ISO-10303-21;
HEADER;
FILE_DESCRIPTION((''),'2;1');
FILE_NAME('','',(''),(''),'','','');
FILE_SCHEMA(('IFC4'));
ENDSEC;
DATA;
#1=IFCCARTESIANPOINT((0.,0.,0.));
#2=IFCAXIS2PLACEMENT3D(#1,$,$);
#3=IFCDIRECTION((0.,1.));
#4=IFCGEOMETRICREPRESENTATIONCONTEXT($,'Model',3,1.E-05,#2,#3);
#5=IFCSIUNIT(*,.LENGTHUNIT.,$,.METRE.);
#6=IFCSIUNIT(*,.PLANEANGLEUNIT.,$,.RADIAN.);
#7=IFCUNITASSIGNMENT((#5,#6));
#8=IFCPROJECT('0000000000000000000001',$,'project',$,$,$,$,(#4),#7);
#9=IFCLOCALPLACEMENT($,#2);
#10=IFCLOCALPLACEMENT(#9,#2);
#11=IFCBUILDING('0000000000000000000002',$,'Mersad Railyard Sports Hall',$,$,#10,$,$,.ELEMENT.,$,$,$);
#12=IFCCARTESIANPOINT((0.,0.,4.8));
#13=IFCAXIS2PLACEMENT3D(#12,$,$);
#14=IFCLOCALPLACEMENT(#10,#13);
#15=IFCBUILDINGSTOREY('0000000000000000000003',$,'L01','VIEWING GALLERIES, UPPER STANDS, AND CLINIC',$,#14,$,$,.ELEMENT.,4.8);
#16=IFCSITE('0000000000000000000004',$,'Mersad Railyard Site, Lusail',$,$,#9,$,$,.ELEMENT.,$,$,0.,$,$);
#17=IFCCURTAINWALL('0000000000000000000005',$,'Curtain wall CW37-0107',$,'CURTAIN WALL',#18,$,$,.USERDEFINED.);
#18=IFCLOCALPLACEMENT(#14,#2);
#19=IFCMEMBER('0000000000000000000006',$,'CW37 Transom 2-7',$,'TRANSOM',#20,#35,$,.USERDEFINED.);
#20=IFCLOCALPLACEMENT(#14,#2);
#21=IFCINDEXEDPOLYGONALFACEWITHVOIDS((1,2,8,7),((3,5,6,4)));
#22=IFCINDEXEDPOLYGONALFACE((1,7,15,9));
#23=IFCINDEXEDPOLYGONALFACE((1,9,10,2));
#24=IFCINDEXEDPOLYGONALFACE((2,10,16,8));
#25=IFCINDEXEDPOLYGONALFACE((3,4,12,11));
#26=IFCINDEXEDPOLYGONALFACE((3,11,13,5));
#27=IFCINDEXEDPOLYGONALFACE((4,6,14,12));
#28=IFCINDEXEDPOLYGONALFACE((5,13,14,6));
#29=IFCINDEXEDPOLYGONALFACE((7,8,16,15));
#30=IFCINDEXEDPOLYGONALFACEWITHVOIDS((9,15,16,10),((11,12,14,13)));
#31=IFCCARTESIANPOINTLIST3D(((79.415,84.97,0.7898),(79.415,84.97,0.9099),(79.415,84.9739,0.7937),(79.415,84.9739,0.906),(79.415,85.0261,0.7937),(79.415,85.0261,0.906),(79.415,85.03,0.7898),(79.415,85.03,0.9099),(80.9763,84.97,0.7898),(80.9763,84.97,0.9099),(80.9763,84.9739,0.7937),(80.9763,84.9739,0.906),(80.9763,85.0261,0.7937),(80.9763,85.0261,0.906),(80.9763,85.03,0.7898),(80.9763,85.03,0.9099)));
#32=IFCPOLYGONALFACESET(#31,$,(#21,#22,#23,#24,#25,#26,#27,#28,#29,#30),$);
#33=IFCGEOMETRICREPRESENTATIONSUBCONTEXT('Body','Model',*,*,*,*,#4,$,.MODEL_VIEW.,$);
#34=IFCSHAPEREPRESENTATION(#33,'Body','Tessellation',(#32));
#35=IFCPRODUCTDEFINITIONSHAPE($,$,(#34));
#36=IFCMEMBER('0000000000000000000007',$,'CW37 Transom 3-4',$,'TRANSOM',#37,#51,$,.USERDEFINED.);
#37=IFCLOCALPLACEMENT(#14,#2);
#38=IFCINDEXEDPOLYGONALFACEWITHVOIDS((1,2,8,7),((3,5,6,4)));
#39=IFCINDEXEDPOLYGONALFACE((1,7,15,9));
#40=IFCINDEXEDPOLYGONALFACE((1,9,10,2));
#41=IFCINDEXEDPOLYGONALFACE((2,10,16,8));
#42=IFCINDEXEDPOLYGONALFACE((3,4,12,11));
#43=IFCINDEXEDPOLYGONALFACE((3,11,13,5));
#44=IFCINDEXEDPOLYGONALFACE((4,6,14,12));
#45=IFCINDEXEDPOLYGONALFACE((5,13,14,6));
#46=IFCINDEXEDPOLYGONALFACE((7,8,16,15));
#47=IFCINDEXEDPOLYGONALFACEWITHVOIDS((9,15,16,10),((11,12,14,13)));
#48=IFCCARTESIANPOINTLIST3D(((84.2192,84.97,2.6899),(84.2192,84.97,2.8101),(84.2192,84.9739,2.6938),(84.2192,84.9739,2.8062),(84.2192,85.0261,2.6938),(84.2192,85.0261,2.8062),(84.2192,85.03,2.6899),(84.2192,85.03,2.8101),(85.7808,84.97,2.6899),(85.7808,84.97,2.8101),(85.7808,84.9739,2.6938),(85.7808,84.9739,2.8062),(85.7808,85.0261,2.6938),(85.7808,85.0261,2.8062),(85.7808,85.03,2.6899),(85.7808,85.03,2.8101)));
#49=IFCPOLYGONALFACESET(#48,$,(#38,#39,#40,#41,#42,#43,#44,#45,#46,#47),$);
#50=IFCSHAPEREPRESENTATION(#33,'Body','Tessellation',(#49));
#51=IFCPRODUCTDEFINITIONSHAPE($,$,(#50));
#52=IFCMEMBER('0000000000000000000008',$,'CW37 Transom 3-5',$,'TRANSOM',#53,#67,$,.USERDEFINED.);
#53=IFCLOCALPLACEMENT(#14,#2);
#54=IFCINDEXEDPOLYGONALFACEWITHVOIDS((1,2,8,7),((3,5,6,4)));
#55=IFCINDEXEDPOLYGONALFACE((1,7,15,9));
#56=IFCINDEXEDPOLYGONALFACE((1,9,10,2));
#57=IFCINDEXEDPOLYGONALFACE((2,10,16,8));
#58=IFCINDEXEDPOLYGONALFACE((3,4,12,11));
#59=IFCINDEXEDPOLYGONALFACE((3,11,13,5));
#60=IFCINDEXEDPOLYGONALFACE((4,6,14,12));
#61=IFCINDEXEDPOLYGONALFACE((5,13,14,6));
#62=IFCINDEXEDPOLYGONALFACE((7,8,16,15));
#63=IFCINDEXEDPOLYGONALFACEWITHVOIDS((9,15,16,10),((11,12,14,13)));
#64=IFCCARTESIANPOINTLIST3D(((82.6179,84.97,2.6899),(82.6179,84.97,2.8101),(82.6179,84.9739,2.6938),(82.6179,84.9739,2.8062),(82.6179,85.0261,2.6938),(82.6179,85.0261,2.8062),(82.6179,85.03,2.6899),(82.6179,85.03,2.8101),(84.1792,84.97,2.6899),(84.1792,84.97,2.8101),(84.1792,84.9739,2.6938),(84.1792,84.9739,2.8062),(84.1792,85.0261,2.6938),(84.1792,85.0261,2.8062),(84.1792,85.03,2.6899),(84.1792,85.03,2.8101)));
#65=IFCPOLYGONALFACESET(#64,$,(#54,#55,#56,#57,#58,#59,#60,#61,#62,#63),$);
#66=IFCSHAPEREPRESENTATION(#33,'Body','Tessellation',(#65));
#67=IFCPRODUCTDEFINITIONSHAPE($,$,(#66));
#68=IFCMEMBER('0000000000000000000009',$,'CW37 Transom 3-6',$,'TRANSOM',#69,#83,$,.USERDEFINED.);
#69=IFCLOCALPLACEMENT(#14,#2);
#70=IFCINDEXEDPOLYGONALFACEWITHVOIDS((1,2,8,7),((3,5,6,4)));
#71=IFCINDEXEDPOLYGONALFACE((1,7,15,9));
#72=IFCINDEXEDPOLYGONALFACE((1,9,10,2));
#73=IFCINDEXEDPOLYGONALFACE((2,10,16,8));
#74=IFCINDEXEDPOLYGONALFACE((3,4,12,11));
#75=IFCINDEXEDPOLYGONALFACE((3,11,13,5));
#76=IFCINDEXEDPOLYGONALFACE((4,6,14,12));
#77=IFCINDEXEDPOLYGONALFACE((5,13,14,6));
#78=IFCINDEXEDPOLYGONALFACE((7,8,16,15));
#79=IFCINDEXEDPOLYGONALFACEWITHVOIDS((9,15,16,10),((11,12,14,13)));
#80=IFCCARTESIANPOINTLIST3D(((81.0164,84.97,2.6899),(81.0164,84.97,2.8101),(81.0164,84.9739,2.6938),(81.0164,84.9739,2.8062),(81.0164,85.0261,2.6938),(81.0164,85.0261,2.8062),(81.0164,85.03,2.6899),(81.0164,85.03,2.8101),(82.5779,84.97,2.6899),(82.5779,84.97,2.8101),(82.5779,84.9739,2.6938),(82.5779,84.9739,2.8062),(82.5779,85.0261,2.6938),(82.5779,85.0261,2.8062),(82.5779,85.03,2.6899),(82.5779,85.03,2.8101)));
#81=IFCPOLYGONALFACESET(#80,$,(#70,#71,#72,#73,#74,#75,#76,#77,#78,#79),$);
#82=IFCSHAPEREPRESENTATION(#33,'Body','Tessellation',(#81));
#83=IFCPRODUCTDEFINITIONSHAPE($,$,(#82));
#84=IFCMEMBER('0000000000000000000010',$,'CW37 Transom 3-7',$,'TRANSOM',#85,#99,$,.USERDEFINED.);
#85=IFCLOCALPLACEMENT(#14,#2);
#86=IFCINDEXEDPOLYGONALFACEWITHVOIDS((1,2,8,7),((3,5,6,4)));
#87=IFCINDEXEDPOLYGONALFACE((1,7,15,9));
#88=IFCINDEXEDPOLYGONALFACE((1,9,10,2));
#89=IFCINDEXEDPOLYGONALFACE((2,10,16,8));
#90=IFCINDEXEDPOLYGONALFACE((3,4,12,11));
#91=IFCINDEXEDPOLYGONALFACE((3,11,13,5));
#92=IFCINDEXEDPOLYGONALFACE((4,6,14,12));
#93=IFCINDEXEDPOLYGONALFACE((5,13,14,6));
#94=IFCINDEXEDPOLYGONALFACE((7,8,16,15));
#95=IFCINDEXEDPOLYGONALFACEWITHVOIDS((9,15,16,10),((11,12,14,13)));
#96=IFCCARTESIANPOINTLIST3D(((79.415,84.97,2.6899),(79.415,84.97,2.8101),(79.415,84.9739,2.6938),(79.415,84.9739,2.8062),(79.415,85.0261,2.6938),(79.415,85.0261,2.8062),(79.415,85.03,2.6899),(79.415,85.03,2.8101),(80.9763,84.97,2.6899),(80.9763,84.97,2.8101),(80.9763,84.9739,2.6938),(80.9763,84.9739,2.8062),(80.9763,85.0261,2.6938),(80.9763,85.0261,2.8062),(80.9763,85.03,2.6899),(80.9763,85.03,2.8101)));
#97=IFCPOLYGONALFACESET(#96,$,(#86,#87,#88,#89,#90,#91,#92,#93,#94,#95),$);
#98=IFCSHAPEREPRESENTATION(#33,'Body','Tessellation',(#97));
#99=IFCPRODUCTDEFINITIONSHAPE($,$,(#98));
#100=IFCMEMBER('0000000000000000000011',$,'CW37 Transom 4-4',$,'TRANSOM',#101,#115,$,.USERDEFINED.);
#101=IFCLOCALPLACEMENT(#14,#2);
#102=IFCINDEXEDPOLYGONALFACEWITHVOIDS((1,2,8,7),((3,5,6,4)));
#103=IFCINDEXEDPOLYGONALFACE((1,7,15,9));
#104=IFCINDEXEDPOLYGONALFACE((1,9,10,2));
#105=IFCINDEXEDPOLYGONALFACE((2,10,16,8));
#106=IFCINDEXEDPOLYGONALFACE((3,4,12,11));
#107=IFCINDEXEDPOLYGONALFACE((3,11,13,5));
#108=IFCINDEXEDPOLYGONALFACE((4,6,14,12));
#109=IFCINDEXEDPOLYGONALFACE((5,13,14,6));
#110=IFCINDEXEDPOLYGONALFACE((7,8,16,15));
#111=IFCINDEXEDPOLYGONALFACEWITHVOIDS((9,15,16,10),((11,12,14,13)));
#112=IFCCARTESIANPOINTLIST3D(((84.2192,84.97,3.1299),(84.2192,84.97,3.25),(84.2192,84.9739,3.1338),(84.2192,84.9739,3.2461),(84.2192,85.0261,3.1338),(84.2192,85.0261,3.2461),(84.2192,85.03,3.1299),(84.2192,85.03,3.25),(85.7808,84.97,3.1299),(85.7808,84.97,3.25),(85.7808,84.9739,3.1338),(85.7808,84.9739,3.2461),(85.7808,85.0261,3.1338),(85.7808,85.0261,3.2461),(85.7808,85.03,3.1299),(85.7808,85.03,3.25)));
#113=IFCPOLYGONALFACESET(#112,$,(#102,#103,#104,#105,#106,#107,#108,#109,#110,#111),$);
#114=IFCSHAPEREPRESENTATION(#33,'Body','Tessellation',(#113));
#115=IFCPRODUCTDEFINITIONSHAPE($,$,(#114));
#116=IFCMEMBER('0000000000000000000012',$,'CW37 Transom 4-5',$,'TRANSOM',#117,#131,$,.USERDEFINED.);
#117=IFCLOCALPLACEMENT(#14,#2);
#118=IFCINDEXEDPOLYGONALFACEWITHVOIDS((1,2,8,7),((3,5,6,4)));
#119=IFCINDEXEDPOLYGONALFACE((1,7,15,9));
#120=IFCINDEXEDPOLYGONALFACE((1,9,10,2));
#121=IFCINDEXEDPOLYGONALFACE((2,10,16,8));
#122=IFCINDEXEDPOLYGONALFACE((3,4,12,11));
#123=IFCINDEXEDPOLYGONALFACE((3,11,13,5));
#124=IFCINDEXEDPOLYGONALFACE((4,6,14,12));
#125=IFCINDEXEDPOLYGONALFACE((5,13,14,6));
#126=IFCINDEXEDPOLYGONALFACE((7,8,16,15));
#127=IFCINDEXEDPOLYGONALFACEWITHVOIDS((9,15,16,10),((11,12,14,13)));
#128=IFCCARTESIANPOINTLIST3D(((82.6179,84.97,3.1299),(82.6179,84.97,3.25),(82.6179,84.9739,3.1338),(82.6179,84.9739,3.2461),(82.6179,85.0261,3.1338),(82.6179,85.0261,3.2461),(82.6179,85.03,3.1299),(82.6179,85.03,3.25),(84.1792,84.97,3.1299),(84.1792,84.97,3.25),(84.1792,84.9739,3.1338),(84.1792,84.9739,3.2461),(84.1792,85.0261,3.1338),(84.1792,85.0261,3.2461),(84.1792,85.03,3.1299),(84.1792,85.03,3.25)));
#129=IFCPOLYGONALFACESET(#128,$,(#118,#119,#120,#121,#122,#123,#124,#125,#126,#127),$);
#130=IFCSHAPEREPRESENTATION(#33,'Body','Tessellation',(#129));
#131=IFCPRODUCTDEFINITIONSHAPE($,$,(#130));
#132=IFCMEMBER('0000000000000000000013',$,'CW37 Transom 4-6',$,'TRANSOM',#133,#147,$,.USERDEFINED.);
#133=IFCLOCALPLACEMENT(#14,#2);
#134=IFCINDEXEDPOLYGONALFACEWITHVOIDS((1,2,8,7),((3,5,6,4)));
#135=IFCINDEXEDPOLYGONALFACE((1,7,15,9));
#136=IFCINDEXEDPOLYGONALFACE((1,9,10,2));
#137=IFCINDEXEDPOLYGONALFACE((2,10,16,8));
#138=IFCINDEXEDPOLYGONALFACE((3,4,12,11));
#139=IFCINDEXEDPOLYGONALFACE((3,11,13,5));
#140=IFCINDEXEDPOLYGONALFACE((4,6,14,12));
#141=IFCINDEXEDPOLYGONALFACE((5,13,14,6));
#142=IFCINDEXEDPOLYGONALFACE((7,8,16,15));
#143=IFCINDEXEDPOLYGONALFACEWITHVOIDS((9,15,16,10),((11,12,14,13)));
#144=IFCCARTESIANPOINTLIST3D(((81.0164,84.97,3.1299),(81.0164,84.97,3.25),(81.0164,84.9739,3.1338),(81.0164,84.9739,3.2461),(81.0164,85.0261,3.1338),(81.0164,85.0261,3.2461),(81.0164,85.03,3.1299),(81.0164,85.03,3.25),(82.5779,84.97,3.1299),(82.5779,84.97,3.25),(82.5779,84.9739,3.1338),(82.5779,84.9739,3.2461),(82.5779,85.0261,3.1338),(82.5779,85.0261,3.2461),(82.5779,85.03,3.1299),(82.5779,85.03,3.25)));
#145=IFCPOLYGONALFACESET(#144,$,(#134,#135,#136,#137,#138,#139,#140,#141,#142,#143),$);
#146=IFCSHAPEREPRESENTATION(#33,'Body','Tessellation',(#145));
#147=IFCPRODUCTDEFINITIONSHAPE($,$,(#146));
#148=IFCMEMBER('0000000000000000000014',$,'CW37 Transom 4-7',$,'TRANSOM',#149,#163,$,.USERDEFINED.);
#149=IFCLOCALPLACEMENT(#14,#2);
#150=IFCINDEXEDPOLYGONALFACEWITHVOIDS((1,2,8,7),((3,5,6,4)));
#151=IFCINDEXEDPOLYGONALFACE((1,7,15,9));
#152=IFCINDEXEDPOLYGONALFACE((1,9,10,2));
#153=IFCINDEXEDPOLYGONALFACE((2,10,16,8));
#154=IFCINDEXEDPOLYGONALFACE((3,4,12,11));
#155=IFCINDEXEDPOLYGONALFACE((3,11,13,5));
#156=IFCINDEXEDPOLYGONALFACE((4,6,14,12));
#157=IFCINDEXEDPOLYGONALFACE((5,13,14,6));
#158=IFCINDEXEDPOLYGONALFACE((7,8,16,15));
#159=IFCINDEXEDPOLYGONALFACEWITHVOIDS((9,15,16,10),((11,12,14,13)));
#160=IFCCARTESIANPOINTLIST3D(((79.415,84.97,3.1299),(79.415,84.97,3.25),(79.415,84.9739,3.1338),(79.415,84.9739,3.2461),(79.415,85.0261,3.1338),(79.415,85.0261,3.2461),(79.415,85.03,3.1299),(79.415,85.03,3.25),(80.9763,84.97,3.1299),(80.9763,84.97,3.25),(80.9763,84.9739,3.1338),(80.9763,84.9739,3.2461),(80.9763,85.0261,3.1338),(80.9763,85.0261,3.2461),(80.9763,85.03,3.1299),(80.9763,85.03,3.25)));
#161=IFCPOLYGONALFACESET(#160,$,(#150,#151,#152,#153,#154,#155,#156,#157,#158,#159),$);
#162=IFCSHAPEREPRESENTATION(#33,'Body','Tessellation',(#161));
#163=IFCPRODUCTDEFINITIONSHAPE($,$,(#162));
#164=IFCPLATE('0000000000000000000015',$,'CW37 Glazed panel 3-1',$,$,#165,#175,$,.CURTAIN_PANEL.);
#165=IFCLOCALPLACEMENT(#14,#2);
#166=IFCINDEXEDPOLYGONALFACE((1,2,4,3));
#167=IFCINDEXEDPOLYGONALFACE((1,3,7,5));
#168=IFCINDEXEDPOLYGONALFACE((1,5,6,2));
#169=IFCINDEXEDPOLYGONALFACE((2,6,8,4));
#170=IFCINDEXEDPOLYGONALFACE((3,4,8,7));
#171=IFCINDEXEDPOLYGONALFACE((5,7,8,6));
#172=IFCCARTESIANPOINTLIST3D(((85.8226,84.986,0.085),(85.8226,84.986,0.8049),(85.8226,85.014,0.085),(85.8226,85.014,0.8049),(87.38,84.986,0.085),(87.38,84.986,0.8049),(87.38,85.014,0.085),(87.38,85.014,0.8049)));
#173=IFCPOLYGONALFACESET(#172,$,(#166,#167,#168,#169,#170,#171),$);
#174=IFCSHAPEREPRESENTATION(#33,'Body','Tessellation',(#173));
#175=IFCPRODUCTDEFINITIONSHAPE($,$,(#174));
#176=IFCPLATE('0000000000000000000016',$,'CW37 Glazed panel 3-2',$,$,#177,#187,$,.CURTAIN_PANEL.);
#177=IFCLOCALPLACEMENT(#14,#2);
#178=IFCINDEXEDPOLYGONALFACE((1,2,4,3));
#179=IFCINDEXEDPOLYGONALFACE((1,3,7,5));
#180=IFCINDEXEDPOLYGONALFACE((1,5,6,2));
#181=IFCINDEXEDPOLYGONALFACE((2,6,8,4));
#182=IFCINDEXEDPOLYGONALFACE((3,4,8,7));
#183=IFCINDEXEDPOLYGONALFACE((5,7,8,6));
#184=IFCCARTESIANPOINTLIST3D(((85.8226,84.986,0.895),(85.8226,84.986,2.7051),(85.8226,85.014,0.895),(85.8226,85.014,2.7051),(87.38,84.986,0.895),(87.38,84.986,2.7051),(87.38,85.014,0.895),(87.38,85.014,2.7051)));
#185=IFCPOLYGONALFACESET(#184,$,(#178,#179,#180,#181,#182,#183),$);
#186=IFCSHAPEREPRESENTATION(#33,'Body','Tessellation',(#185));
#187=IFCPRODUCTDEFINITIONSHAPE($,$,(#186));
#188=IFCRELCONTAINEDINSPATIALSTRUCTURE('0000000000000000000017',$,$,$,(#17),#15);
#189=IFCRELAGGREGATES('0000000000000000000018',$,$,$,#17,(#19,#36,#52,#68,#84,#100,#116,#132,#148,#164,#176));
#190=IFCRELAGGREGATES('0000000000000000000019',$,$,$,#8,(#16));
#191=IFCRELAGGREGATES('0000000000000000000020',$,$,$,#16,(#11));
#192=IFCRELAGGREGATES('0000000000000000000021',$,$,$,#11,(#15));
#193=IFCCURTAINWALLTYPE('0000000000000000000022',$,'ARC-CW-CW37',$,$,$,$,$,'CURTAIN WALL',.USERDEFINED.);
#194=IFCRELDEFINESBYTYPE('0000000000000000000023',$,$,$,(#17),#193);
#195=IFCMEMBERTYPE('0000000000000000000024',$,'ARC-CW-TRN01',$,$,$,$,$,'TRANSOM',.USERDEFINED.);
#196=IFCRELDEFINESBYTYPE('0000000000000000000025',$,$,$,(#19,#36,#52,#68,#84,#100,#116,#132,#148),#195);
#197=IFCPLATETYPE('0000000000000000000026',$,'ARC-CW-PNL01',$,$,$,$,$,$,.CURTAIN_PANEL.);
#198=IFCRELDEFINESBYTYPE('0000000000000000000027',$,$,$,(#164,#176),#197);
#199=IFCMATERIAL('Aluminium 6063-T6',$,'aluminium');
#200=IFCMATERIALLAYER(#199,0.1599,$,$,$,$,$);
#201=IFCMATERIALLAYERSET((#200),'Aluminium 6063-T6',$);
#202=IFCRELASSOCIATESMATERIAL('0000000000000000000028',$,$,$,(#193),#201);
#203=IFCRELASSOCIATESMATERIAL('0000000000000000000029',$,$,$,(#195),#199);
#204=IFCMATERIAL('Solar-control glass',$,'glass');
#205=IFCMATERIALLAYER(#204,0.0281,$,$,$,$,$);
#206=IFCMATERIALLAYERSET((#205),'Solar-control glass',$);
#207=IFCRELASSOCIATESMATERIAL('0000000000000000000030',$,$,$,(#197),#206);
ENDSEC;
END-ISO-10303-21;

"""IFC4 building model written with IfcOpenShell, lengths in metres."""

from ifc_helpers import new_model, si_unit, direction, frame, origin, origin_2d, place, context, subcontext, project, spatial, rectangle, hollow_rectangle, extrude, material, layer, layer_set, material_profile, profile_set, type_object, element, aggregate, save


model = new_model("IFC4")

# Units and contexts
model_context = context("Model", 3, precision=1e-05, world=origin(), true_north=direction((0.0, 1.0)))
body_context = subcontext(model_context, "Body", "Model", "MODEL_VIEW")
ifc_project = project(units=[si_unit("LENGTHUNIT", "METRE"), si_unit("PLANEANGLEUNIT", "RADIAN")], contexts=[model_context])

# Site, building, storey
site_placement = place(None, origin())
site = spatial("IfcSite", under=ifc_project, at=site_placement, Name="Mersad Railyard Site, Lusail", CompositionType="ELEMENT", RefElevation=0.0)
building_placement = place(site_placement, origin())
building = spatial("IfcBuilding", under=site, at=building_placement, Name="Mersad Railyard Sports Hall", CompositionType="ELEMENT")
storey_placement = place(building_placement, frame((0.0, 0.0, 4.8)))
storey = spatial("IfcBuildingStorey", under=building, at=storey_placement, Name="L01", Description="VIEWING GALLERIES, UPPER STANDS, AND CLINIC", CompositionType="ELEMENT", Elevation=4.8)

# Curtain wall, members, plates
ifc_material_1 = material(Name="Aluminium 6063-T6", Category="aluminium")
ifc_layer_1 = layer(ifc_material_1, 0.1599)
ifc_layer_set_1 = layer_set([ifc_layer_1], Name="Aluminium 6063-T6")
curtain_wall_type = type_object("IfcCurtainWallType", Name="ARC-CW-CW37", ElementType="CURTAIN WALL", PredefinedType="USERDEFINED", material=ifc_layer_set_1)
curtain_wall_placement = place(storey_placement, origin())
curtain_wall = element("IfcCurtainWall", 1, at=curtain_wall_placement, inside=storey, type_object=curtain_wall_type, Name="Curtain wall CW37-0107", ObjectType="CURTAIN WALL", PredefinedType="USERDEFINED")
ifc_material_profile_1 = material_profile(ifc_material_1, hollow_rectangle(XDim=0.0601, YDim=0.1201, WallThickness=0.0039, at=origin_2d()), Name="AL TRANSOM 60x120x4")
ifc_profile_set_1 = profile_set([ifc_material_profile_1], Name="Aluminium 6063-T6")
member_type_1 = type_object("IfcMemberType", Name="ARC-CW-TRN01", ElementType="TRANSOM", PredefinedType="USERDEFINED", material=ifc_profile_set_1)
member_1_placement = place(storey_placement, frame((80.9763, 85.0, 0.8499), z_axis=(-1.0, 0.0, 0.0), x_axis=(0.0, -1.0, 0.0)))
member_1 = element("IfcMember", 2, at=member_1_placement, type_object=member_type_1, Name="CW37 Transom 2-7", ObjectType="TRANSOM", PredefinedType="USERDEFINED", context=body_context, shape_type="SweptSolid", body=[
    extrude(hollow_rectangle(XDim=0.0601, YDim=0.1201, WallThickness=0.0039, at=origin_2d()), origin(), (0.0, 0.0, 1.0), 1.5613),
])
member_2_placement = place(storey_placement, frame((85.7808, 85.0, 2.75), z_axis=(-1.0, 0.0, 0.0), x_axis=(0.0, -1.0, 0.0)))
member_2 = element("IfcMember", 3, at=member_2_placement, type_object=member_type_1, Name="CW37 Transom 3-4", ObjectType="TRANSOM", PredefinedType="USERDEFINED", context=body_context, shape_type="SweptSolid", body=[
    extrude(hollow_rectangle(XDim=0.0601, YDim=0.1201, WallThickness=0.0039, at=origin_2d()), origin(), (0.0, 0.0, 1.0), 1.5615),
])
member_3_placement = place(storey_placement, frame((84.1792, 85.0, 2.75), z_axis=(-1.0, 0.0, 0.0), x_axis=(0.0, -1.0, 0.0)))
member_3 = element("IfcMember", 4, at=member_3_placement, type_object=member_type_1, Name="CW37 Transom 3-5", ObjectType="TRANSOM", PredefinedType="USERDEFINED", context=body_context, shape_type="SweptSolid", body=[
    extrude(hollow_rectangle(XDim=0.0601, YDim=0.1201, WallThickness=0.0039, at=origin_2d()), origin(), (0.0, 0.0, 1.0), 1.5613),
])
member_4_placement = place(storey_placement, frame((82.5779, 85.0, 2.75), z_axis=(-1.0, 0.0, 0.0), x_axis=(0.0, -1.0, 0.0)))
member_4 = element("IfcMember", 5, at=member_4_placement, type_object=member_type_1, Name="CW37 Transom 3-6", ObjectType="TRANSOM", PredefinedType="USERDEFINED", context=body_context, shape_type="SweptSolid", body=[
    extrude(hollow_rectangle(XDim=0.0601, YDim=0.1201, WallThickness=0.0039, at=origin_2d()), origin(), (0.0, 0.0, 1.0), 1.5615),
])
member_5_placement = place(storey_placement, frame((80.9763, 85.0, 2.75), z_axis=(-1.0, 0.0, 0.0), x_axis=(0.0, -1.0, 0.0)))
member_5 = element("IfcMember", 6, at=member_5_placement, type_object=member_type_1, Name="CW37 Transom 3-7", ObjectType="TRANSOM", PredefinedType="USERDEFINED", context=body_context, shape_type="SweptSolid", body=[
    extrude(hollow_rectangle(XDim=0.0601, YDim=0.1201, WallThickness=0.0039, at=origin_2d()), origin(), (0.0, 0.0, 1.0), 1.5613),
])
member_6_placement = place(storey_placement, frame((85.7808, 85.0, 3.1899), z_axis=(-1.0, 0.0, 0.0), x_axis=(0.0, -1.0, 0.0)))
member_6 = element("IfcMember", 7, at=member_6_placement, type_object=member_type_1, Name="CW37 Transom 4-4", ObjectType="TRANSOM", PredefinedType="USERDEFINED", context=body_context, shape_type="SweptSolid", body=[
    extrude(hollow_rectangle(XDim=0.0601, YDim=0.1201, WallThickness=0.0039, at=origin_2d()), origin(), (0.0, 0.0, 1.0), 1.5615),
])
member_7_placement = place(storey_placement, frame((84.1792, 85.0, 3.1899), z_axis=(-1.0, 0.0, 0.0), x_axis=(0.0, -1.0, 0.0)))
member_7 = element("IfcMember", 8, at=member_7_placement, type_object=member_type_1, Name="CW37 Transom 4-5", ObjectType="TRANSOM", PredefinedType="USERDEFINED", context=body_context, shape_type="SweptSolid", body=[
    extrude(hollow_rectangle(XDim=0.0601, YDim=0.1201, WallThickness=0.0039, at=origin_2d()), origin(), (0.0, 0.0, 1.0), 1.5613),
])
member_8_placement = place(storey_placement, frame((82.5779, 85.0, 3.1899), z_axis=(-1.0, 0.0, 0.0), x_axis=(0.0, -1.0, 0.0)))
member_8 = element("IfcMember", 9, at=member_8_placement, type_object=member_type_1, Name="CW37 Transom 4-6", ObjectType="TRANSOM", PredefinedType="USERDEFINED", context=body_context, shape_type="SweptSolid", body=[
    extrude(hollow_rectangle(XDim=0.0601, YDim=0.1201, WallThickness=0.0039, at=origin_2d()), origin(), (0.0, 0.0, 1.0), 1.5615),
])
member_9_placement = place(storey_placement, frame((80.9763, 85.0, 3.1899), z_axis=(-1.0, 0.0, 0.0), x_axis=(0.0, -1.0, 0.0)))
member_9 = element("IfcMember", 10, at=member_9_placement, type_object=member_type_1, Name="CW37 Transom 4-7", ObjectType="TRANSOM", PredefinedType="USERDEFINED", context=body_context, shape_type="SweptSolid", body=[
    extrude(hollow_rectangle(XDim=0.0601, YDim=0.1201, WallThickness=0.0039, at=origin_2d()), origin(), (0.0, 0.0, 1.0), 1.5613),
])
ifc_material_2 = material(Name="Solar-control glass", Category="glass")
ifc_layer_2 = layer(ifc_material_2, 0.0281)
ifc_layer_set_2 = layer_set([ifc_layer_2], Name="Solar-control glass")
plate_type = type_object("IfcPlateType", Name="ARC-CW-PNL01", PredefinedType="CURTAIN_PANEL", material=ifc_layer_set_2)
plate_1_placement = place(storey_placement, frame((86.6013, 85.0, 0.085), z_axis=(0.0, 0.0, 1.0), x_axis=(-1.0, 0.0, 0.0)))
plate_1 = element("IfcPlate", 11, at=plate_1_placement, type_object=plate_type, Name="CW37 Glazed panel 3-1", PredefinedType="CURTAIN_PANEL", context=body_context, shape_type="SweptSolid", body=[
    extrude(rectangle(XDim=1.5574, YDim=0.0281, at=origin_2d()), origin(), (0.0, 0.0, 1.0), 0.72),
])
plate_2_placement = place(storey_placement, frame((86.6013, 85.0, 0.895), z_axis=(0.0, 0.0, 1.0), x_axis=(-1.0, 0.0, 0.0)))
plate_2 = element("IfcPlate", 12, at=plate_2_placement, type_object=plate_type, Name="CW37 Glazed panel 3-2", PredefinedType="CURTAIN_PANEL", context=body_context, shape_type="SweptSolid", body=[
    extrude(rectangle(XDim=1.5574, YDim=0.0281, at=origin_2d()), origin(), (0.0, 0.0, 1.0), 1.8101),
])
aggregate(curtain_wall, [member_1, member_2, member_3, member_4, member_5, member_6, member_7, member_8, member_9, plate_1, plate_2])

save(model, "model.ifc")
